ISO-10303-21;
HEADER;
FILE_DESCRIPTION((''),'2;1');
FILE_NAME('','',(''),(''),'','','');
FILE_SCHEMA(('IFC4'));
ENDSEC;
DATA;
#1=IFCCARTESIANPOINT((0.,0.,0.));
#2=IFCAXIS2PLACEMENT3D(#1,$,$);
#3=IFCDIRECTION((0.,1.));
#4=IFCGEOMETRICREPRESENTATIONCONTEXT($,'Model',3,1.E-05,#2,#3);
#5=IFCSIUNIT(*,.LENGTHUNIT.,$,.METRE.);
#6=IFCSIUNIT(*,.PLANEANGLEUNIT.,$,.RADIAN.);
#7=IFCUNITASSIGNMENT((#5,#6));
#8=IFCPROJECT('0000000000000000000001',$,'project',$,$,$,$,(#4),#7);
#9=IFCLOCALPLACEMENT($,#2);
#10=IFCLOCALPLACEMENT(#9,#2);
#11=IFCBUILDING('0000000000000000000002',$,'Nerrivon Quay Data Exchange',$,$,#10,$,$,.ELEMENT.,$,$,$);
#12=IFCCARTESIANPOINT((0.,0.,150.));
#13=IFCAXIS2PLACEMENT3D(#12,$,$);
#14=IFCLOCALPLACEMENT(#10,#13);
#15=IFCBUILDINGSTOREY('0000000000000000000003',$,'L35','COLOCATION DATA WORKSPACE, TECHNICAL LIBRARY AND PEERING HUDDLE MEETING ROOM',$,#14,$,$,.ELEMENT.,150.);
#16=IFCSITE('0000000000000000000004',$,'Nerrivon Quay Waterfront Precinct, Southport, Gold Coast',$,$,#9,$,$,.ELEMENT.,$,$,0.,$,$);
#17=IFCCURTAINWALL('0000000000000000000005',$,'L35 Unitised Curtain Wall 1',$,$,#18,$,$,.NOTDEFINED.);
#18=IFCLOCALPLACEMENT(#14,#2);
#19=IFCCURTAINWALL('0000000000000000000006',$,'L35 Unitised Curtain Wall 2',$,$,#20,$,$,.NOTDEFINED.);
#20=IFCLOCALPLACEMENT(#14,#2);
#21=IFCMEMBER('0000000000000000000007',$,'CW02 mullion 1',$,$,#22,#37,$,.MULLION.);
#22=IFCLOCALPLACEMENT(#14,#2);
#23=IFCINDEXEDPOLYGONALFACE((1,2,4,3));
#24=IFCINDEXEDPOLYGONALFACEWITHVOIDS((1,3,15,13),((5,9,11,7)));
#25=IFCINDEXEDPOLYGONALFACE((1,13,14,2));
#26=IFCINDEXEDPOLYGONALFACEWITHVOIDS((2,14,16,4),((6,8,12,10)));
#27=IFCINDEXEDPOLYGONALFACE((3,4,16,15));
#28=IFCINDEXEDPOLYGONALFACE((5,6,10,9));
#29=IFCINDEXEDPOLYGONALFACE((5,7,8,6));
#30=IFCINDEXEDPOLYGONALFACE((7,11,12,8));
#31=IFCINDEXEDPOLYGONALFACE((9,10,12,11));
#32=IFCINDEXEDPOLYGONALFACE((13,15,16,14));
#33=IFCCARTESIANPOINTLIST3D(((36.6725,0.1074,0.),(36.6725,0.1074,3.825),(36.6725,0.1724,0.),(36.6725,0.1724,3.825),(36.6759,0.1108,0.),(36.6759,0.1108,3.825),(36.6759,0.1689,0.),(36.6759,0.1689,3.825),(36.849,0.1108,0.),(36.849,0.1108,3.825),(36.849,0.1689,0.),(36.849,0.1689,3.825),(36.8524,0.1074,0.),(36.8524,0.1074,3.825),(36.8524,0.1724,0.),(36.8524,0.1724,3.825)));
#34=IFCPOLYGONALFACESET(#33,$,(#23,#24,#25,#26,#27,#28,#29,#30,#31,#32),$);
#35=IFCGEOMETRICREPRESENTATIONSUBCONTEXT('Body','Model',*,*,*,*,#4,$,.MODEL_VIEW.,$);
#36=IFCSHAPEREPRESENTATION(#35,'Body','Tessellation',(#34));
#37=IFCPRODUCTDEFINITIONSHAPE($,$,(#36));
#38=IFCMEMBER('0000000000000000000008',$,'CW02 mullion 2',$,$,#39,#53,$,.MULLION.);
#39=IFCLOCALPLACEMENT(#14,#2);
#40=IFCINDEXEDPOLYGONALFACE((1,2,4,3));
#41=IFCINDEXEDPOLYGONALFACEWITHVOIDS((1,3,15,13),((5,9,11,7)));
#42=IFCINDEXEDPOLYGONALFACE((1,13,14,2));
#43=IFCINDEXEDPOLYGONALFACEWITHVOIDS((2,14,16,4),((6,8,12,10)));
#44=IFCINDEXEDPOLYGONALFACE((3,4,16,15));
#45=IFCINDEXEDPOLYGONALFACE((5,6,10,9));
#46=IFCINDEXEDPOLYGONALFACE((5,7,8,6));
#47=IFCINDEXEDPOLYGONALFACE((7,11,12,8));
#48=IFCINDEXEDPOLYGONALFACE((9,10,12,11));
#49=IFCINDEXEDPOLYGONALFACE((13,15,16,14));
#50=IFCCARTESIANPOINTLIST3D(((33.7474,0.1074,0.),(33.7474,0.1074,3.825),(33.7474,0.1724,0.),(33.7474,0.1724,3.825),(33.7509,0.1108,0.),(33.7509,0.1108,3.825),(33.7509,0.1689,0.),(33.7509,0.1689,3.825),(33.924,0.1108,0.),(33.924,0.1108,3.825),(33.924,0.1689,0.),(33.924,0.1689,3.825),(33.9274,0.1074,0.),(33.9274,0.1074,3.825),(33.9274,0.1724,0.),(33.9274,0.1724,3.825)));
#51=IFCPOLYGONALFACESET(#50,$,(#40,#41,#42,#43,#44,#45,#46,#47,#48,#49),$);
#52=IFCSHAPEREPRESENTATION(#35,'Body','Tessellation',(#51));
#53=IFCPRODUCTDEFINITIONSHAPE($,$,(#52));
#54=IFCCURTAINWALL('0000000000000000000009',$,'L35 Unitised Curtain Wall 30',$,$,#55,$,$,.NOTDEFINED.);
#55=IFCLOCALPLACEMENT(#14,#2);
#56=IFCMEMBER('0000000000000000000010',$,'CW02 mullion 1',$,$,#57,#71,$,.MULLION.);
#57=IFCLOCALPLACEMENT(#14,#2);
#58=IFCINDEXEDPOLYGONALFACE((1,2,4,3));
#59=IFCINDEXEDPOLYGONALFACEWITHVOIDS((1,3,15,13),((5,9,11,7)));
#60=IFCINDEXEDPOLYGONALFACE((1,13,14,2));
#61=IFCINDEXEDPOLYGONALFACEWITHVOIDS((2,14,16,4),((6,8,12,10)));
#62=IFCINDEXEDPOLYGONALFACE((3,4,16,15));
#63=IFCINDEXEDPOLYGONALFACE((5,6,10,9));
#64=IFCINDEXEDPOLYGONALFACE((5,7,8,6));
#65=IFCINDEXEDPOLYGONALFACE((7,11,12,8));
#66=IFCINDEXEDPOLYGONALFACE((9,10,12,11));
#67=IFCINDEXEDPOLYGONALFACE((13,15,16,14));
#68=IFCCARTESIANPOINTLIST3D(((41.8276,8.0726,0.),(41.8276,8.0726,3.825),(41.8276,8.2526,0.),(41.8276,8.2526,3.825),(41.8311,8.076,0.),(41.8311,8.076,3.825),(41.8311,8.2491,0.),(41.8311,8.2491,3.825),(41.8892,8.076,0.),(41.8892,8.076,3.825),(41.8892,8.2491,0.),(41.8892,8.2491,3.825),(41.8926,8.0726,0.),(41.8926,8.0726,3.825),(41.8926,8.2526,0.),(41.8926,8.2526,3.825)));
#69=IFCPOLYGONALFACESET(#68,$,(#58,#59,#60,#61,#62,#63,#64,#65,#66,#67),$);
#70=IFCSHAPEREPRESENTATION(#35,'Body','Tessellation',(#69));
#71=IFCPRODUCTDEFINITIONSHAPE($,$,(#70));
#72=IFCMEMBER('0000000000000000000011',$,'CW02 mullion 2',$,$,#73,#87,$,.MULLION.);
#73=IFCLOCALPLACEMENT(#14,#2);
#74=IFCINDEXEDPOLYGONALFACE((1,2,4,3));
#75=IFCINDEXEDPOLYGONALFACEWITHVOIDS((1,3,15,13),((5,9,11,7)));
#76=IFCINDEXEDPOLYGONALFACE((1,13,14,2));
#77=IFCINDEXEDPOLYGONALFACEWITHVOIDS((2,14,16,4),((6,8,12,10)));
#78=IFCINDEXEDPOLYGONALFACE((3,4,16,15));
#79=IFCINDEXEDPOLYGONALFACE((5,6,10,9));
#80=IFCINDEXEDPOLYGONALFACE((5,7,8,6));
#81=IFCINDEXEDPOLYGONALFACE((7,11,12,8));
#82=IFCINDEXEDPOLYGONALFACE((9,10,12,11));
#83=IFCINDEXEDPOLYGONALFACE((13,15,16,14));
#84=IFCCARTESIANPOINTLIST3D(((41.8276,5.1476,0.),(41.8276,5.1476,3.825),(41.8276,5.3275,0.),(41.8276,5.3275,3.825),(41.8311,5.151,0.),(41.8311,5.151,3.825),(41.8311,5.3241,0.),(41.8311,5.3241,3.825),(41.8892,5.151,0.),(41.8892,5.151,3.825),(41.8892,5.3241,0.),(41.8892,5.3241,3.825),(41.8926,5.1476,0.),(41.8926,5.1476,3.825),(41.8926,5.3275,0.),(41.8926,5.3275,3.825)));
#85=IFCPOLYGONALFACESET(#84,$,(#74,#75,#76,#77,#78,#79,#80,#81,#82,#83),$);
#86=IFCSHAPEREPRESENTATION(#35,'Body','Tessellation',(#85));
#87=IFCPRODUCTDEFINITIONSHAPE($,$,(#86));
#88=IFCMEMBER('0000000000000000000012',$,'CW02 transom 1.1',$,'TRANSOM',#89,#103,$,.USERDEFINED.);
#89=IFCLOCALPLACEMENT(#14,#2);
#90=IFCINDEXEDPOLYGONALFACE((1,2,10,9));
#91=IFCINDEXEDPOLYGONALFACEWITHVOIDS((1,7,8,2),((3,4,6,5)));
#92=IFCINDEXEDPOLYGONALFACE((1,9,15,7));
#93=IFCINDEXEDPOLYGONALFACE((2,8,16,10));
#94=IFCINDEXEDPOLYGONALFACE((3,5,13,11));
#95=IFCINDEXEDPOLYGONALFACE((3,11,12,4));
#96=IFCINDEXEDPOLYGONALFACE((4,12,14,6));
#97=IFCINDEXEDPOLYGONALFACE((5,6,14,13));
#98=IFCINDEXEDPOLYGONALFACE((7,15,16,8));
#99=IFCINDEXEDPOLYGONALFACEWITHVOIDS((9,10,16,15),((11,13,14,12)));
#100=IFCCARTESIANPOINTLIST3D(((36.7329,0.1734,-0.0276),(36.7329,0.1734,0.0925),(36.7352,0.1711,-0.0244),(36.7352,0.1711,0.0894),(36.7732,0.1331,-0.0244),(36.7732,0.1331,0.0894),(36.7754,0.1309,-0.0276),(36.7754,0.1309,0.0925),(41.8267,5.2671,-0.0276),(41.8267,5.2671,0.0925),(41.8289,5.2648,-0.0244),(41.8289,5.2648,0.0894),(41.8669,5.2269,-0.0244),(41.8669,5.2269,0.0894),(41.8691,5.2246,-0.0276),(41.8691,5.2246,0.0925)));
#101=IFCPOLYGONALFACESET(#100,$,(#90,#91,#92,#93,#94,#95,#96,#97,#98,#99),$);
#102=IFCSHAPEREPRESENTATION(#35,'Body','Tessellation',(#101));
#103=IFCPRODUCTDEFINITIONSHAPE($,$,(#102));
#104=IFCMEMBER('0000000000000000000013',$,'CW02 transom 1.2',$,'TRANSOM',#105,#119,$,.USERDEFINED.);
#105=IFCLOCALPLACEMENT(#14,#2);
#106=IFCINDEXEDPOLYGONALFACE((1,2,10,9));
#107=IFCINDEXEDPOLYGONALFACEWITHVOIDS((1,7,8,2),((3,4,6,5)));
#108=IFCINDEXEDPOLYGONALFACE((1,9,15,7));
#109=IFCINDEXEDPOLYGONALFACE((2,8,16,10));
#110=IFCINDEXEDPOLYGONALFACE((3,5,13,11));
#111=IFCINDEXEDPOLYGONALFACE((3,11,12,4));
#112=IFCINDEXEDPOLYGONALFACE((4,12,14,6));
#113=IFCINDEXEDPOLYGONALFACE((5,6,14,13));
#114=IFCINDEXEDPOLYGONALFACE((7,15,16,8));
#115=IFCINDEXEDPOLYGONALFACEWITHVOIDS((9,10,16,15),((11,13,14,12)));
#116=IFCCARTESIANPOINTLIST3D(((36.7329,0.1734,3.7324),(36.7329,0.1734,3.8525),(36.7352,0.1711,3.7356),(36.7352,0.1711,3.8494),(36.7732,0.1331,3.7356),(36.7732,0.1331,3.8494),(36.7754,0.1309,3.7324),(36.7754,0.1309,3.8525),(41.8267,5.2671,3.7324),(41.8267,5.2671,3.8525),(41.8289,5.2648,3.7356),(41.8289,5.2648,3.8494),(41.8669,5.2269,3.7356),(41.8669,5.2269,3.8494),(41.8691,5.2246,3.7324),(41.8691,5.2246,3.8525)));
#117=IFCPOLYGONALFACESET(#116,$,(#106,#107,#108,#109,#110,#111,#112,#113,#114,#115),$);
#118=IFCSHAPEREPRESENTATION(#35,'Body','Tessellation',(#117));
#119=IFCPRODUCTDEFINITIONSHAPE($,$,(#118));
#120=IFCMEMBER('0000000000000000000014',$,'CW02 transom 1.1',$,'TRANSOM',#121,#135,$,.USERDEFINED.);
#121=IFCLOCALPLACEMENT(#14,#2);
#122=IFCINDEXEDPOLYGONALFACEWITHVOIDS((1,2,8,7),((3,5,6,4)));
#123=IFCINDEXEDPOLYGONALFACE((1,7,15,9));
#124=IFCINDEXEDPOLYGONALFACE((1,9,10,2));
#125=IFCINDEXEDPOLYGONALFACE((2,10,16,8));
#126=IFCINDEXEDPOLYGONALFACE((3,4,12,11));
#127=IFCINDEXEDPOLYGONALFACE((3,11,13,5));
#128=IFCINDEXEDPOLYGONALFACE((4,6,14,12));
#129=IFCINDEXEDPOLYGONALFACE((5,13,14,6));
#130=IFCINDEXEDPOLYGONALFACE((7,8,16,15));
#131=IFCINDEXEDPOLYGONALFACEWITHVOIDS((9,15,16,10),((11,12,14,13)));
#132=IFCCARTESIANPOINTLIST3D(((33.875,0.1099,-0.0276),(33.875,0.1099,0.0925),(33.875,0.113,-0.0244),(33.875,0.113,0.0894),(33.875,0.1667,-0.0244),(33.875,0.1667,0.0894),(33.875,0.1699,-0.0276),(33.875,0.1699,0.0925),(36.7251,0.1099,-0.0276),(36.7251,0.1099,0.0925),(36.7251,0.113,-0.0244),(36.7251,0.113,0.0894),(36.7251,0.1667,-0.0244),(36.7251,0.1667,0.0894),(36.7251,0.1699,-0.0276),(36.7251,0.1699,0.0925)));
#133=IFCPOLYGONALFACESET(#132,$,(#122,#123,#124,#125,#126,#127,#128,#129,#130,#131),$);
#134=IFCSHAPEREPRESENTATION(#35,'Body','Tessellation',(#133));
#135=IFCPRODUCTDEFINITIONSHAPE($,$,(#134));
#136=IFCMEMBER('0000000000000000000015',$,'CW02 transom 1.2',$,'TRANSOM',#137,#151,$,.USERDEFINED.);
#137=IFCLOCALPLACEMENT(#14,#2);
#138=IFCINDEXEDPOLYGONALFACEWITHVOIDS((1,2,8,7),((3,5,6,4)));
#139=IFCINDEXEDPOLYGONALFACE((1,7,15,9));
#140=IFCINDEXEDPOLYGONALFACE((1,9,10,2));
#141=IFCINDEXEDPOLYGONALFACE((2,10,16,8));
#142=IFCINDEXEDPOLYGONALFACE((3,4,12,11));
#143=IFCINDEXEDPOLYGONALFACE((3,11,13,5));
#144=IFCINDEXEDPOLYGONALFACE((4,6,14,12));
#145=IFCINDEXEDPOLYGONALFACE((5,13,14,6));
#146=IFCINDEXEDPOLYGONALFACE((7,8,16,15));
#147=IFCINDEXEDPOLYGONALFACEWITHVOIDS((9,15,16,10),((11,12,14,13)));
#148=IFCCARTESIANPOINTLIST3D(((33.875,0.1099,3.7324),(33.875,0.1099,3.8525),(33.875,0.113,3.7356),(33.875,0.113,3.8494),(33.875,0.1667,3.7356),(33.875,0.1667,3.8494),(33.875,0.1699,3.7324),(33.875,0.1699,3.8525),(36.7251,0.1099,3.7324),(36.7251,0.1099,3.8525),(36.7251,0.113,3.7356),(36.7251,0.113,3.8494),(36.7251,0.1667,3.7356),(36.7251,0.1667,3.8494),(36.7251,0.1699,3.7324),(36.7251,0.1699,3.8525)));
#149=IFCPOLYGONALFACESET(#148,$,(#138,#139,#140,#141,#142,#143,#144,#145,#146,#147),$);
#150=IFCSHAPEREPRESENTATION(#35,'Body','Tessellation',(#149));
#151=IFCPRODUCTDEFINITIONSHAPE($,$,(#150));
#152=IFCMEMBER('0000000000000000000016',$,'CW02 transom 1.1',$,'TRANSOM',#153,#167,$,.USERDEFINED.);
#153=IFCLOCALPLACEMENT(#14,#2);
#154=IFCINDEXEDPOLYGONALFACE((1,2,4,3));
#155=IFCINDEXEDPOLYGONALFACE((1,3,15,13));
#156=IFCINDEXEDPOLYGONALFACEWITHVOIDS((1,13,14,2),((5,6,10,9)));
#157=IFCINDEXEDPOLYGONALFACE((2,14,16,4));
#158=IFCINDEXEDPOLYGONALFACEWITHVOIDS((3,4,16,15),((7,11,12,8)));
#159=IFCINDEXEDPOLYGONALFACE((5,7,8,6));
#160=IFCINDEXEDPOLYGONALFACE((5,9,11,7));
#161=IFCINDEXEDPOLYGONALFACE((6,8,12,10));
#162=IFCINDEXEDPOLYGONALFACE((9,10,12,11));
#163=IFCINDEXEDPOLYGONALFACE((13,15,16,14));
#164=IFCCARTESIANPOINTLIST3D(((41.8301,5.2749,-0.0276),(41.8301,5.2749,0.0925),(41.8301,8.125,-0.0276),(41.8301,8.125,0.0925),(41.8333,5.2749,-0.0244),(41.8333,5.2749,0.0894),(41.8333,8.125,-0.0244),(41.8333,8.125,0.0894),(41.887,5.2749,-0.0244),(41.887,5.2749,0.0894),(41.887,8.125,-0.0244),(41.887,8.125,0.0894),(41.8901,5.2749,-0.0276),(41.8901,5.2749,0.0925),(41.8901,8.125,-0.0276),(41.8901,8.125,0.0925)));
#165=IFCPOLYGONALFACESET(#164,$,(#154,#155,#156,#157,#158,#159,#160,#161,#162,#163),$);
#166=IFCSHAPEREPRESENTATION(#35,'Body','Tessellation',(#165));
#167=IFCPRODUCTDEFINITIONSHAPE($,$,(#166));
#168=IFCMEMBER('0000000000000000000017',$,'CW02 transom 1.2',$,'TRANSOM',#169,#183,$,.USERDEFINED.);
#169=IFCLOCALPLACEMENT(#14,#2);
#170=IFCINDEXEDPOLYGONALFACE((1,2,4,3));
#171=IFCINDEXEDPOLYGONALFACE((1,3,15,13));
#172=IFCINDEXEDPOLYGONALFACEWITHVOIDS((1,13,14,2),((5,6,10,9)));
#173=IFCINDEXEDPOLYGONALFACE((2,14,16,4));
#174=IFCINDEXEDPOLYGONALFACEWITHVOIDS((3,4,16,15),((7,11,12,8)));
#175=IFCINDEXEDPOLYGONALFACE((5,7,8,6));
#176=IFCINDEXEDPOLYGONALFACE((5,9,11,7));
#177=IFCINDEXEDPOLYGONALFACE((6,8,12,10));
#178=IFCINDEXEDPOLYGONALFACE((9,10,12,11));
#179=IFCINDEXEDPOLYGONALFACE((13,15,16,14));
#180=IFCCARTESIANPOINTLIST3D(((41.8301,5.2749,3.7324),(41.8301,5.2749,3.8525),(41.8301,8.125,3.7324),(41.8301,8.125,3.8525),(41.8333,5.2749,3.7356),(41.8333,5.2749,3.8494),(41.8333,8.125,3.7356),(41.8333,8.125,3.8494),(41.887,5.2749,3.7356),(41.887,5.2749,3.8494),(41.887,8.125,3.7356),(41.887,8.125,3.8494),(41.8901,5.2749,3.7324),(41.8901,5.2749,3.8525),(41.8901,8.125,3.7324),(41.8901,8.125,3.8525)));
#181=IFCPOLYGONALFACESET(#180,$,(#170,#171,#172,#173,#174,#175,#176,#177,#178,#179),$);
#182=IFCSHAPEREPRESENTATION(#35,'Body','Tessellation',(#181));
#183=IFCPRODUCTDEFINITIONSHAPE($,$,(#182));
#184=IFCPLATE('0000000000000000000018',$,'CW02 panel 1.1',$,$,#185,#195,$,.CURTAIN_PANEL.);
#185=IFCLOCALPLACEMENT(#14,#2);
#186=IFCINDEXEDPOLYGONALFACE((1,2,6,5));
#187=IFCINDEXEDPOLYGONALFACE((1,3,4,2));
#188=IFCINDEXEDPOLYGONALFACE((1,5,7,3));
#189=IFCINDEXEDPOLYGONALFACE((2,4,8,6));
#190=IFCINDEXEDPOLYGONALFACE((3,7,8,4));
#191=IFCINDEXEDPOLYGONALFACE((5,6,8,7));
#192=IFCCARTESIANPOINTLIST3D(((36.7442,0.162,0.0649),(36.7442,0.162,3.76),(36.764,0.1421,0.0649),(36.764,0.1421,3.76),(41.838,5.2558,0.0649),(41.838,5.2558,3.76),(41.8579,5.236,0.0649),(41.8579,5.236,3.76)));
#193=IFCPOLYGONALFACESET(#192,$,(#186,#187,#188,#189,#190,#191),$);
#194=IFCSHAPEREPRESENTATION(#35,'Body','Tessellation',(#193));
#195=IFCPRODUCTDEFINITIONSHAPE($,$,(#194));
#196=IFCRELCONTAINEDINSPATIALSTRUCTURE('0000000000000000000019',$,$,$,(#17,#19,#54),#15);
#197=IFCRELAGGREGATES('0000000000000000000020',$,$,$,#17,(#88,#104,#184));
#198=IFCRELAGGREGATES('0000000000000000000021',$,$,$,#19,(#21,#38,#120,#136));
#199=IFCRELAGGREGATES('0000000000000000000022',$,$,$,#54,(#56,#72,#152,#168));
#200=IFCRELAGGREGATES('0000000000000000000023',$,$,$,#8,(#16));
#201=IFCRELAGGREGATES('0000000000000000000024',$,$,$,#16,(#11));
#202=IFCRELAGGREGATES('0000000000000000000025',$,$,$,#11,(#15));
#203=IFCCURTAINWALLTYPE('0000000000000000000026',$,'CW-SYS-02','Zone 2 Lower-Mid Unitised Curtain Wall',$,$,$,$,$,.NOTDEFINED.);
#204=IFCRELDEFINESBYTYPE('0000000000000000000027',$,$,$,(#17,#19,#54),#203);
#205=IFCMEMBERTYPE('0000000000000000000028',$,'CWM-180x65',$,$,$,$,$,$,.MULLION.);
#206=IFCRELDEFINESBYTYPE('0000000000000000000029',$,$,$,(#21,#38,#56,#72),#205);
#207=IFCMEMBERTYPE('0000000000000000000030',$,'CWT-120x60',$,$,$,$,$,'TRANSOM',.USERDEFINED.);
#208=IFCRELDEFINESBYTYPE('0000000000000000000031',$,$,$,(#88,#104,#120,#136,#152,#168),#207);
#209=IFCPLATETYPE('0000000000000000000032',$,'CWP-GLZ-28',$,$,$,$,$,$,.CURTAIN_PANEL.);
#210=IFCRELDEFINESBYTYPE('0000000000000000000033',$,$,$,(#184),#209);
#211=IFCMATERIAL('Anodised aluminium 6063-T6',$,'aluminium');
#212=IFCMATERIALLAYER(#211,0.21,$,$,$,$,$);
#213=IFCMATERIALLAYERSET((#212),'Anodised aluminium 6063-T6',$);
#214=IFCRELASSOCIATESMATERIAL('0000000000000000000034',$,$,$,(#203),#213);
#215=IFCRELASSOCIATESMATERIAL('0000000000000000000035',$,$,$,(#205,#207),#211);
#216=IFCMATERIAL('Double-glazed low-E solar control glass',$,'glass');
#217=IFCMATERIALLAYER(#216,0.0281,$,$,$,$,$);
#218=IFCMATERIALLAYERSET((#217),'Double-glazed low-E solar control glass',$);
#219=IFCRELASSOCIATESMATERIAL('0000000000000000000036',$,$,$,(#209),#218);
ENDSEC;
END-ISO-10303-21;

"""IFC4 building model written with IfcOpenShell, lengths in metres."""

from ifc_helpers import new_model, si_unit, direction, frame, origin, origin_2d, place, context, subcontext, project, spatial, rectangle, hollow_rectangle, extrude, material, layer, layer_set, material_profile, profile_set, type_object, element, aggregate, save


model = new_model("IFC4")

# Units and contexts
model_context = context("Model", 3, precision=1e-05, world=origin(), true_north=direction((0.0, 1.0)))
body_context = subcontext(model_context, "Body", "Model", "MODEL_VIEW")
ifc_project = project(units=[si_unit("LENGTHUNIT", "METRE"), si_unit("PLANEANGLEUNIT", "RADIAN")], contexts=[model_context])

# Site, building, storey
site_placement = place(None, origin())
site = spatial("IfcSite", under=ifc_project, at=site_placement, Name="Nerrivon Quay Waterfront Precinct, Southport, Gold Coast", CompositionType="ELEMENT", RefElevation=0.0)
building_placement = place(site_placement, origin())
building = spatial("IfcBuilding", under=site, at=building_placement, Name="Nerrivon Quay Data Exchange", CompositionType="ELEMENT")
storey_placement = place(building_placement, frame((0.0, 0.0, 150.0)))
storey = spatial("IfcBuildingStorey", under=building, at=storey_placement, Name="L35", Description="COLOCATION DATA WORKSPACE, TECHNICAL LIBRARY AND PEERING HUDDLE MEETING ROOM", CompositionType="ELEMENT", Elevation=150.0)

# Curtain walls, members
ifc_material_1 = material(Name="Anodised aluminium 6063-T6", Category="aluminium")
ifc_layer_1 = layer(ifc_material_1, 0.21)
ifc_layer_set_1 = layer_set([ifc_layer_1], Name="Anodised aluminium 6063-T6")
curtain_wall_type = type_object("IfcCurtainWallType", Name="CW-SYS-02", Description="Zone 2 Lower-Mid Unitised Curtain Wall", PredefinedType="NOTDEFINED", material=ifc_layer_set_1)
curtain_wall_1_placement = place(storey_placement, origin())
curtain_wall_1 = element("IfcCurtainWall", 1, at=curtain_wall_1_placement, inside=storey, type_object=curtain_wall_type, Name="L35 Unitised Curtain Wall 1", PredefinedType="NOTDEFINED")
ifc_material_profile_1 = material_profile(ifc_material_1, hollow_rectangle(XDim=0.0649, YDim=0.1799, WallThickness=0.0034, at=origin_2d()), Name="ALU-MULL-180x65")
ifc_profile_set_1 = profile_set([ifc_material_profile_1], Name="Anodised aluminium 6063-T6")
member_type_1 = type_object("IfcMemberType", Name="CWM-180x65", PredefinedType="MULLION", material=ifc_profile_set_1)
curtain_wall_2_placement = place(storey_placement, origin())
curtain_wall_2 = element("IfcCurtainWall", 2, at=curtain_wall_2_placement, inside=storey, type_object=curtain_wall_type, Name="L35 Unitised Curtain Wall 2", PredefinedType="NOTDEFINED")
member_1_placement = place(storey_placement, frame((36.7625, 0.1399, 0.0), z_axis=(0.0, 0.0, 1.0), x_axis=(0.0, -1.0, 0.0)))
member_1 = element("IfcMember", 3, at=member_1_placement, type_object=member_type_1, Name="CW02 mullion 1", PredefinedType="MULLION", context=body_context, shape_type="SweptSolid", body=[
    extrude(hollow_rectangle(XDim=0.0649, YDim=0.1799, WallThickness=0.0034, at=origin_2d()), origin(), (0.0, 0.0, 1.0), 3.825),
])
member_2_placement = place(storey_placement, frame((33.8374, 0.1399, 0.0), z_axis=(0.0, 0.0, 1.0), x_axis=(0.0, -1.0, 0.0)))
member_2 = element("IfcMember", 4, at=member_2_placement, type_object=member_type_1, Name="CW02 mullion 2", PredefinedType="MULLION", context=body_context, shape_type="SweptSolid", body=[
    extrude(hollow_rectangle(XDim=0.0649, YDim=0.1799, WallThickness=0.0034, at=origin_2d()), origin(), (0.0, 0.0, 1.0), 3.825),
])
curtain_wall_3_placement = place(storey_placement, origin())
curtain_wall_3 = element("IfcCurtainWall", 5, at=curtain_wall_3_placement, inside=storey, type_object=curtain_wall_type, Name="L35 Unitised Curtain Wall 30", PredefinedType="NOTDEFINED")
member_3_placement = place(storey_placement, frame((41.8601, 8.1626, 0.0), z_axis=(0.0, 0.0, 1.0), x_axis=(1.0, 0.0, 0.0)))
member_3 = element("IfcMember", 6, at=member_3_placement, type_object=member_type_1, Name="CW02 mullion 1", PredefinedType="MULLION", context=body_context, shape_type="SweptSolid", body=[
    extrude(hollow_rectangle(XDim=0.0649, YDim=0.1799, WallThickness=0.0034, at=origin_2d()), origin(), (0.0, 0.0, 1.0), 3.825),
])
member_4_placement = place(storey_placement, frame((41.8601, 5.2375, 0.0), z_axis=(0.0, 0.0, 1.0), x_axis=(1.0, 0.0, 0.0)))
member_4 = element("IfcMember", 7, at=member_4_placement, type_object=member_type_1, Name="CW02 mullion 2", PredefinedType="MULLION", context=body_context, shape_type="SweptSolid", body=[
    extrude(hollow_rectangle(XDim=0.0649, YDim=0.1799, WallThickness=0.0034, at=origin_2d()), origin(), (0.0, 0.0, 1.0), 3.825),
])

# Members
ifc_material_profile_2 = material_profile(ifc_material_1, hollow_rectangle(XDim=0.0601, YDim=0.1201, WallThickness=0.0032, at=origin_2d()), Name="ALU-TRAN-120x60")
ifc_profile_set_2 = profile_set([ifc_material_profile_2], Name="Anodised aluminium 6063-T6")
member_type_2 = type_object("IfcMemberType", Name="CWT-120x60", ElementType="TRANSOM", PredefinedType="USERDEFINED", material=ifc_profile_set_2)
member_5_placement = place(storey_placement, frame((41.8479, 5.2458, 0.0325), z_axis=(-0.707107, -0.707107, 0.0), x_axis=(0.707107, -0.707107, 0.0)))
member_5 = element("IfcMember", 8, at=member_5_placement, type_object=member_type_2, Name="CW02 transom 1.1", ObjectType="TRANSOM", PredefinedType="USERDEFINED", context=body_context, shape_type="SweptSolid", body=[
    extrude(hollow_rectangle(XDim=0.0601, YDim=0.1201, WallThickness=0.0032, at=origin_2d()), origin(), (0.0, 0.0, 1.0), 7.2036),
])
member_6_placement = place(storey_placement, frame((41.8479, 5.2458, 3.7925), z_axis=(-0.707107, -0.707107, 0.0), x_axis=(0.707107, -0.707107, 0.0)))
member_6 = element("IfcMember", 9, at=member_6_placement, type_object=member_type_2, Name="CW02 transom 1.2", ObjectType="TRANSOM", PredefinedType="USERDEFINED", context=body_context, shape_type="SweptSolid", body=[
    extrude(hollow_rectangle(XDim=0.0601, YDim=0.1201, WallThickness=0.0032, at=origin_2d()), origin(), (0.0, 0.0, 1.0), 7.2036),
])
member_7_placement = place(storey_placement, frame((36.7251, 0.1399, 0.0325), z_axis=(-1.0, 0.0, 0.0), x_axis=(0.0, -1.0, 0.0)))
member_7 = element("IfcMember", 10, at=member_7_placement, type_object=member_type_2, Name="CW02 transom 1.1", ObjectType="TRANSOM", PredefinedType="USERDEFINED", context=body_context, shape_type="SweptSolid", body=[
    extrude(hollow_rectangle(XDim=0.0601, YDim=0.1201, WallThickness=0.0032, at=origin_2d()), origin(), (0.0, 0.0, 1.0), 2.8501),
])
member_8_placement = place(storey_placement, frame((36.7251, 0.1399, 3.7925), z_axis=(-1.0, 0.0, 0.0), x_axis=(0.0, -1.0, 0.0)))
member_8 = element("IfcMember", 11, at=member_8_placement, type_object=member_type_2, Name="CW02 transom 1.2", ObjectType="TRANSOM", PredefinedType="USERDEFINED", context=body_context, shape_type="SweptSolid", body=[
    extrude(hollow_rectangle(XDim=0.0601, YDim=0.1201, WallThickness=0.0032, at=origin_2d()), origin(), (0.0, 0.0, 1.0), 2.8501),
])
member_9_placement = place(storey_placement, frame((41.8601, 8.125, 0.0325), z_axis=(0.0, -1.0, 0.0), x_axis=(1.0, 0.0, 0.0)))
member_9 = element("IfcMember", 12, at=member_9_placement, type_object=member_type_2, Name="CW02 transom 1.1", ObjectType="TRANSOM", PredefinedType="USERDEFINED", context=body_context, shape_type="SweptSolid", body=[
    extrude(hollow_rectangle(XDim=0.0601, YDim=0.1201, WallThickness=0.0032, at=origin_2d()), origin(), (0.0, 0.0, 1.0), 2.8501),
])
member_10_placement = place(storey_placement, frame((41.8601, 8.125, 3.7925), z_axis=(0.0, -1.0, 0.0), x_axis=(1.0, 0.0, 0.0)))
member_10 = element("IfcMember", 13, at=member_10_placement, type_object=member_type_2, Name="CW02 transom 1.2", ObjectType="TRANSOM", PredefinedType="USERDEFINED", context=body_context, shape_type="SweptSolid", body=[
    extrude(hollow_rectangle(XDim=0.0601, YDim=0.1201, WallThickness=0.0032, at=origin_2d()), origin(), (0.0, 0.0, 1.0), 2.8501),
])

# Plate
ifc_material_2 = material(Name="Double-glazed low-E solar control glass", Category="glass")
ifc_layer_2 = layer(ifc_material_2, 0.0281)
ifc_layer_set_2 = layer_set([ifc_layer_2], Name="Double-glazed low-E solar control glass")
plate_type = type_object("IfcPlateType", Name="CWP-GLZ-28", PredefinedType="CURTAIN_PANEL", material=ifc_layer_set_2)
plate_1_placement = place(storey_placement, frame((39.301, 2.699, 0.0649), z_axis=(0.0, 0.0, 1.0), x_axis=(-0.707107, -0.707107, 0.0)))
plate_1 = element("IfcPlate", 14, at=plate_1_placement, type_object=plate_type, Name="CW02 panel 1.1", PredefinedType="CURTAIN_PANEL", context=body_context, shape_type="SweptSolid", body=[
    extrude(rectangle(XDim=7.2039, YDim=0.0281, at=origin_2d()), origin(), (0.0, 0.0, 1.0), 3.6951),
])
aggregate(curtain_wall_1, [member_5, member_6, plate_1])
aggregate(curtain_wall_2, [member_1, member_2, member_7, member_8])
aggregate(curtain_wall_3, [member_3, member_4, member_9, member_10])

save(model, "model.ifc")
